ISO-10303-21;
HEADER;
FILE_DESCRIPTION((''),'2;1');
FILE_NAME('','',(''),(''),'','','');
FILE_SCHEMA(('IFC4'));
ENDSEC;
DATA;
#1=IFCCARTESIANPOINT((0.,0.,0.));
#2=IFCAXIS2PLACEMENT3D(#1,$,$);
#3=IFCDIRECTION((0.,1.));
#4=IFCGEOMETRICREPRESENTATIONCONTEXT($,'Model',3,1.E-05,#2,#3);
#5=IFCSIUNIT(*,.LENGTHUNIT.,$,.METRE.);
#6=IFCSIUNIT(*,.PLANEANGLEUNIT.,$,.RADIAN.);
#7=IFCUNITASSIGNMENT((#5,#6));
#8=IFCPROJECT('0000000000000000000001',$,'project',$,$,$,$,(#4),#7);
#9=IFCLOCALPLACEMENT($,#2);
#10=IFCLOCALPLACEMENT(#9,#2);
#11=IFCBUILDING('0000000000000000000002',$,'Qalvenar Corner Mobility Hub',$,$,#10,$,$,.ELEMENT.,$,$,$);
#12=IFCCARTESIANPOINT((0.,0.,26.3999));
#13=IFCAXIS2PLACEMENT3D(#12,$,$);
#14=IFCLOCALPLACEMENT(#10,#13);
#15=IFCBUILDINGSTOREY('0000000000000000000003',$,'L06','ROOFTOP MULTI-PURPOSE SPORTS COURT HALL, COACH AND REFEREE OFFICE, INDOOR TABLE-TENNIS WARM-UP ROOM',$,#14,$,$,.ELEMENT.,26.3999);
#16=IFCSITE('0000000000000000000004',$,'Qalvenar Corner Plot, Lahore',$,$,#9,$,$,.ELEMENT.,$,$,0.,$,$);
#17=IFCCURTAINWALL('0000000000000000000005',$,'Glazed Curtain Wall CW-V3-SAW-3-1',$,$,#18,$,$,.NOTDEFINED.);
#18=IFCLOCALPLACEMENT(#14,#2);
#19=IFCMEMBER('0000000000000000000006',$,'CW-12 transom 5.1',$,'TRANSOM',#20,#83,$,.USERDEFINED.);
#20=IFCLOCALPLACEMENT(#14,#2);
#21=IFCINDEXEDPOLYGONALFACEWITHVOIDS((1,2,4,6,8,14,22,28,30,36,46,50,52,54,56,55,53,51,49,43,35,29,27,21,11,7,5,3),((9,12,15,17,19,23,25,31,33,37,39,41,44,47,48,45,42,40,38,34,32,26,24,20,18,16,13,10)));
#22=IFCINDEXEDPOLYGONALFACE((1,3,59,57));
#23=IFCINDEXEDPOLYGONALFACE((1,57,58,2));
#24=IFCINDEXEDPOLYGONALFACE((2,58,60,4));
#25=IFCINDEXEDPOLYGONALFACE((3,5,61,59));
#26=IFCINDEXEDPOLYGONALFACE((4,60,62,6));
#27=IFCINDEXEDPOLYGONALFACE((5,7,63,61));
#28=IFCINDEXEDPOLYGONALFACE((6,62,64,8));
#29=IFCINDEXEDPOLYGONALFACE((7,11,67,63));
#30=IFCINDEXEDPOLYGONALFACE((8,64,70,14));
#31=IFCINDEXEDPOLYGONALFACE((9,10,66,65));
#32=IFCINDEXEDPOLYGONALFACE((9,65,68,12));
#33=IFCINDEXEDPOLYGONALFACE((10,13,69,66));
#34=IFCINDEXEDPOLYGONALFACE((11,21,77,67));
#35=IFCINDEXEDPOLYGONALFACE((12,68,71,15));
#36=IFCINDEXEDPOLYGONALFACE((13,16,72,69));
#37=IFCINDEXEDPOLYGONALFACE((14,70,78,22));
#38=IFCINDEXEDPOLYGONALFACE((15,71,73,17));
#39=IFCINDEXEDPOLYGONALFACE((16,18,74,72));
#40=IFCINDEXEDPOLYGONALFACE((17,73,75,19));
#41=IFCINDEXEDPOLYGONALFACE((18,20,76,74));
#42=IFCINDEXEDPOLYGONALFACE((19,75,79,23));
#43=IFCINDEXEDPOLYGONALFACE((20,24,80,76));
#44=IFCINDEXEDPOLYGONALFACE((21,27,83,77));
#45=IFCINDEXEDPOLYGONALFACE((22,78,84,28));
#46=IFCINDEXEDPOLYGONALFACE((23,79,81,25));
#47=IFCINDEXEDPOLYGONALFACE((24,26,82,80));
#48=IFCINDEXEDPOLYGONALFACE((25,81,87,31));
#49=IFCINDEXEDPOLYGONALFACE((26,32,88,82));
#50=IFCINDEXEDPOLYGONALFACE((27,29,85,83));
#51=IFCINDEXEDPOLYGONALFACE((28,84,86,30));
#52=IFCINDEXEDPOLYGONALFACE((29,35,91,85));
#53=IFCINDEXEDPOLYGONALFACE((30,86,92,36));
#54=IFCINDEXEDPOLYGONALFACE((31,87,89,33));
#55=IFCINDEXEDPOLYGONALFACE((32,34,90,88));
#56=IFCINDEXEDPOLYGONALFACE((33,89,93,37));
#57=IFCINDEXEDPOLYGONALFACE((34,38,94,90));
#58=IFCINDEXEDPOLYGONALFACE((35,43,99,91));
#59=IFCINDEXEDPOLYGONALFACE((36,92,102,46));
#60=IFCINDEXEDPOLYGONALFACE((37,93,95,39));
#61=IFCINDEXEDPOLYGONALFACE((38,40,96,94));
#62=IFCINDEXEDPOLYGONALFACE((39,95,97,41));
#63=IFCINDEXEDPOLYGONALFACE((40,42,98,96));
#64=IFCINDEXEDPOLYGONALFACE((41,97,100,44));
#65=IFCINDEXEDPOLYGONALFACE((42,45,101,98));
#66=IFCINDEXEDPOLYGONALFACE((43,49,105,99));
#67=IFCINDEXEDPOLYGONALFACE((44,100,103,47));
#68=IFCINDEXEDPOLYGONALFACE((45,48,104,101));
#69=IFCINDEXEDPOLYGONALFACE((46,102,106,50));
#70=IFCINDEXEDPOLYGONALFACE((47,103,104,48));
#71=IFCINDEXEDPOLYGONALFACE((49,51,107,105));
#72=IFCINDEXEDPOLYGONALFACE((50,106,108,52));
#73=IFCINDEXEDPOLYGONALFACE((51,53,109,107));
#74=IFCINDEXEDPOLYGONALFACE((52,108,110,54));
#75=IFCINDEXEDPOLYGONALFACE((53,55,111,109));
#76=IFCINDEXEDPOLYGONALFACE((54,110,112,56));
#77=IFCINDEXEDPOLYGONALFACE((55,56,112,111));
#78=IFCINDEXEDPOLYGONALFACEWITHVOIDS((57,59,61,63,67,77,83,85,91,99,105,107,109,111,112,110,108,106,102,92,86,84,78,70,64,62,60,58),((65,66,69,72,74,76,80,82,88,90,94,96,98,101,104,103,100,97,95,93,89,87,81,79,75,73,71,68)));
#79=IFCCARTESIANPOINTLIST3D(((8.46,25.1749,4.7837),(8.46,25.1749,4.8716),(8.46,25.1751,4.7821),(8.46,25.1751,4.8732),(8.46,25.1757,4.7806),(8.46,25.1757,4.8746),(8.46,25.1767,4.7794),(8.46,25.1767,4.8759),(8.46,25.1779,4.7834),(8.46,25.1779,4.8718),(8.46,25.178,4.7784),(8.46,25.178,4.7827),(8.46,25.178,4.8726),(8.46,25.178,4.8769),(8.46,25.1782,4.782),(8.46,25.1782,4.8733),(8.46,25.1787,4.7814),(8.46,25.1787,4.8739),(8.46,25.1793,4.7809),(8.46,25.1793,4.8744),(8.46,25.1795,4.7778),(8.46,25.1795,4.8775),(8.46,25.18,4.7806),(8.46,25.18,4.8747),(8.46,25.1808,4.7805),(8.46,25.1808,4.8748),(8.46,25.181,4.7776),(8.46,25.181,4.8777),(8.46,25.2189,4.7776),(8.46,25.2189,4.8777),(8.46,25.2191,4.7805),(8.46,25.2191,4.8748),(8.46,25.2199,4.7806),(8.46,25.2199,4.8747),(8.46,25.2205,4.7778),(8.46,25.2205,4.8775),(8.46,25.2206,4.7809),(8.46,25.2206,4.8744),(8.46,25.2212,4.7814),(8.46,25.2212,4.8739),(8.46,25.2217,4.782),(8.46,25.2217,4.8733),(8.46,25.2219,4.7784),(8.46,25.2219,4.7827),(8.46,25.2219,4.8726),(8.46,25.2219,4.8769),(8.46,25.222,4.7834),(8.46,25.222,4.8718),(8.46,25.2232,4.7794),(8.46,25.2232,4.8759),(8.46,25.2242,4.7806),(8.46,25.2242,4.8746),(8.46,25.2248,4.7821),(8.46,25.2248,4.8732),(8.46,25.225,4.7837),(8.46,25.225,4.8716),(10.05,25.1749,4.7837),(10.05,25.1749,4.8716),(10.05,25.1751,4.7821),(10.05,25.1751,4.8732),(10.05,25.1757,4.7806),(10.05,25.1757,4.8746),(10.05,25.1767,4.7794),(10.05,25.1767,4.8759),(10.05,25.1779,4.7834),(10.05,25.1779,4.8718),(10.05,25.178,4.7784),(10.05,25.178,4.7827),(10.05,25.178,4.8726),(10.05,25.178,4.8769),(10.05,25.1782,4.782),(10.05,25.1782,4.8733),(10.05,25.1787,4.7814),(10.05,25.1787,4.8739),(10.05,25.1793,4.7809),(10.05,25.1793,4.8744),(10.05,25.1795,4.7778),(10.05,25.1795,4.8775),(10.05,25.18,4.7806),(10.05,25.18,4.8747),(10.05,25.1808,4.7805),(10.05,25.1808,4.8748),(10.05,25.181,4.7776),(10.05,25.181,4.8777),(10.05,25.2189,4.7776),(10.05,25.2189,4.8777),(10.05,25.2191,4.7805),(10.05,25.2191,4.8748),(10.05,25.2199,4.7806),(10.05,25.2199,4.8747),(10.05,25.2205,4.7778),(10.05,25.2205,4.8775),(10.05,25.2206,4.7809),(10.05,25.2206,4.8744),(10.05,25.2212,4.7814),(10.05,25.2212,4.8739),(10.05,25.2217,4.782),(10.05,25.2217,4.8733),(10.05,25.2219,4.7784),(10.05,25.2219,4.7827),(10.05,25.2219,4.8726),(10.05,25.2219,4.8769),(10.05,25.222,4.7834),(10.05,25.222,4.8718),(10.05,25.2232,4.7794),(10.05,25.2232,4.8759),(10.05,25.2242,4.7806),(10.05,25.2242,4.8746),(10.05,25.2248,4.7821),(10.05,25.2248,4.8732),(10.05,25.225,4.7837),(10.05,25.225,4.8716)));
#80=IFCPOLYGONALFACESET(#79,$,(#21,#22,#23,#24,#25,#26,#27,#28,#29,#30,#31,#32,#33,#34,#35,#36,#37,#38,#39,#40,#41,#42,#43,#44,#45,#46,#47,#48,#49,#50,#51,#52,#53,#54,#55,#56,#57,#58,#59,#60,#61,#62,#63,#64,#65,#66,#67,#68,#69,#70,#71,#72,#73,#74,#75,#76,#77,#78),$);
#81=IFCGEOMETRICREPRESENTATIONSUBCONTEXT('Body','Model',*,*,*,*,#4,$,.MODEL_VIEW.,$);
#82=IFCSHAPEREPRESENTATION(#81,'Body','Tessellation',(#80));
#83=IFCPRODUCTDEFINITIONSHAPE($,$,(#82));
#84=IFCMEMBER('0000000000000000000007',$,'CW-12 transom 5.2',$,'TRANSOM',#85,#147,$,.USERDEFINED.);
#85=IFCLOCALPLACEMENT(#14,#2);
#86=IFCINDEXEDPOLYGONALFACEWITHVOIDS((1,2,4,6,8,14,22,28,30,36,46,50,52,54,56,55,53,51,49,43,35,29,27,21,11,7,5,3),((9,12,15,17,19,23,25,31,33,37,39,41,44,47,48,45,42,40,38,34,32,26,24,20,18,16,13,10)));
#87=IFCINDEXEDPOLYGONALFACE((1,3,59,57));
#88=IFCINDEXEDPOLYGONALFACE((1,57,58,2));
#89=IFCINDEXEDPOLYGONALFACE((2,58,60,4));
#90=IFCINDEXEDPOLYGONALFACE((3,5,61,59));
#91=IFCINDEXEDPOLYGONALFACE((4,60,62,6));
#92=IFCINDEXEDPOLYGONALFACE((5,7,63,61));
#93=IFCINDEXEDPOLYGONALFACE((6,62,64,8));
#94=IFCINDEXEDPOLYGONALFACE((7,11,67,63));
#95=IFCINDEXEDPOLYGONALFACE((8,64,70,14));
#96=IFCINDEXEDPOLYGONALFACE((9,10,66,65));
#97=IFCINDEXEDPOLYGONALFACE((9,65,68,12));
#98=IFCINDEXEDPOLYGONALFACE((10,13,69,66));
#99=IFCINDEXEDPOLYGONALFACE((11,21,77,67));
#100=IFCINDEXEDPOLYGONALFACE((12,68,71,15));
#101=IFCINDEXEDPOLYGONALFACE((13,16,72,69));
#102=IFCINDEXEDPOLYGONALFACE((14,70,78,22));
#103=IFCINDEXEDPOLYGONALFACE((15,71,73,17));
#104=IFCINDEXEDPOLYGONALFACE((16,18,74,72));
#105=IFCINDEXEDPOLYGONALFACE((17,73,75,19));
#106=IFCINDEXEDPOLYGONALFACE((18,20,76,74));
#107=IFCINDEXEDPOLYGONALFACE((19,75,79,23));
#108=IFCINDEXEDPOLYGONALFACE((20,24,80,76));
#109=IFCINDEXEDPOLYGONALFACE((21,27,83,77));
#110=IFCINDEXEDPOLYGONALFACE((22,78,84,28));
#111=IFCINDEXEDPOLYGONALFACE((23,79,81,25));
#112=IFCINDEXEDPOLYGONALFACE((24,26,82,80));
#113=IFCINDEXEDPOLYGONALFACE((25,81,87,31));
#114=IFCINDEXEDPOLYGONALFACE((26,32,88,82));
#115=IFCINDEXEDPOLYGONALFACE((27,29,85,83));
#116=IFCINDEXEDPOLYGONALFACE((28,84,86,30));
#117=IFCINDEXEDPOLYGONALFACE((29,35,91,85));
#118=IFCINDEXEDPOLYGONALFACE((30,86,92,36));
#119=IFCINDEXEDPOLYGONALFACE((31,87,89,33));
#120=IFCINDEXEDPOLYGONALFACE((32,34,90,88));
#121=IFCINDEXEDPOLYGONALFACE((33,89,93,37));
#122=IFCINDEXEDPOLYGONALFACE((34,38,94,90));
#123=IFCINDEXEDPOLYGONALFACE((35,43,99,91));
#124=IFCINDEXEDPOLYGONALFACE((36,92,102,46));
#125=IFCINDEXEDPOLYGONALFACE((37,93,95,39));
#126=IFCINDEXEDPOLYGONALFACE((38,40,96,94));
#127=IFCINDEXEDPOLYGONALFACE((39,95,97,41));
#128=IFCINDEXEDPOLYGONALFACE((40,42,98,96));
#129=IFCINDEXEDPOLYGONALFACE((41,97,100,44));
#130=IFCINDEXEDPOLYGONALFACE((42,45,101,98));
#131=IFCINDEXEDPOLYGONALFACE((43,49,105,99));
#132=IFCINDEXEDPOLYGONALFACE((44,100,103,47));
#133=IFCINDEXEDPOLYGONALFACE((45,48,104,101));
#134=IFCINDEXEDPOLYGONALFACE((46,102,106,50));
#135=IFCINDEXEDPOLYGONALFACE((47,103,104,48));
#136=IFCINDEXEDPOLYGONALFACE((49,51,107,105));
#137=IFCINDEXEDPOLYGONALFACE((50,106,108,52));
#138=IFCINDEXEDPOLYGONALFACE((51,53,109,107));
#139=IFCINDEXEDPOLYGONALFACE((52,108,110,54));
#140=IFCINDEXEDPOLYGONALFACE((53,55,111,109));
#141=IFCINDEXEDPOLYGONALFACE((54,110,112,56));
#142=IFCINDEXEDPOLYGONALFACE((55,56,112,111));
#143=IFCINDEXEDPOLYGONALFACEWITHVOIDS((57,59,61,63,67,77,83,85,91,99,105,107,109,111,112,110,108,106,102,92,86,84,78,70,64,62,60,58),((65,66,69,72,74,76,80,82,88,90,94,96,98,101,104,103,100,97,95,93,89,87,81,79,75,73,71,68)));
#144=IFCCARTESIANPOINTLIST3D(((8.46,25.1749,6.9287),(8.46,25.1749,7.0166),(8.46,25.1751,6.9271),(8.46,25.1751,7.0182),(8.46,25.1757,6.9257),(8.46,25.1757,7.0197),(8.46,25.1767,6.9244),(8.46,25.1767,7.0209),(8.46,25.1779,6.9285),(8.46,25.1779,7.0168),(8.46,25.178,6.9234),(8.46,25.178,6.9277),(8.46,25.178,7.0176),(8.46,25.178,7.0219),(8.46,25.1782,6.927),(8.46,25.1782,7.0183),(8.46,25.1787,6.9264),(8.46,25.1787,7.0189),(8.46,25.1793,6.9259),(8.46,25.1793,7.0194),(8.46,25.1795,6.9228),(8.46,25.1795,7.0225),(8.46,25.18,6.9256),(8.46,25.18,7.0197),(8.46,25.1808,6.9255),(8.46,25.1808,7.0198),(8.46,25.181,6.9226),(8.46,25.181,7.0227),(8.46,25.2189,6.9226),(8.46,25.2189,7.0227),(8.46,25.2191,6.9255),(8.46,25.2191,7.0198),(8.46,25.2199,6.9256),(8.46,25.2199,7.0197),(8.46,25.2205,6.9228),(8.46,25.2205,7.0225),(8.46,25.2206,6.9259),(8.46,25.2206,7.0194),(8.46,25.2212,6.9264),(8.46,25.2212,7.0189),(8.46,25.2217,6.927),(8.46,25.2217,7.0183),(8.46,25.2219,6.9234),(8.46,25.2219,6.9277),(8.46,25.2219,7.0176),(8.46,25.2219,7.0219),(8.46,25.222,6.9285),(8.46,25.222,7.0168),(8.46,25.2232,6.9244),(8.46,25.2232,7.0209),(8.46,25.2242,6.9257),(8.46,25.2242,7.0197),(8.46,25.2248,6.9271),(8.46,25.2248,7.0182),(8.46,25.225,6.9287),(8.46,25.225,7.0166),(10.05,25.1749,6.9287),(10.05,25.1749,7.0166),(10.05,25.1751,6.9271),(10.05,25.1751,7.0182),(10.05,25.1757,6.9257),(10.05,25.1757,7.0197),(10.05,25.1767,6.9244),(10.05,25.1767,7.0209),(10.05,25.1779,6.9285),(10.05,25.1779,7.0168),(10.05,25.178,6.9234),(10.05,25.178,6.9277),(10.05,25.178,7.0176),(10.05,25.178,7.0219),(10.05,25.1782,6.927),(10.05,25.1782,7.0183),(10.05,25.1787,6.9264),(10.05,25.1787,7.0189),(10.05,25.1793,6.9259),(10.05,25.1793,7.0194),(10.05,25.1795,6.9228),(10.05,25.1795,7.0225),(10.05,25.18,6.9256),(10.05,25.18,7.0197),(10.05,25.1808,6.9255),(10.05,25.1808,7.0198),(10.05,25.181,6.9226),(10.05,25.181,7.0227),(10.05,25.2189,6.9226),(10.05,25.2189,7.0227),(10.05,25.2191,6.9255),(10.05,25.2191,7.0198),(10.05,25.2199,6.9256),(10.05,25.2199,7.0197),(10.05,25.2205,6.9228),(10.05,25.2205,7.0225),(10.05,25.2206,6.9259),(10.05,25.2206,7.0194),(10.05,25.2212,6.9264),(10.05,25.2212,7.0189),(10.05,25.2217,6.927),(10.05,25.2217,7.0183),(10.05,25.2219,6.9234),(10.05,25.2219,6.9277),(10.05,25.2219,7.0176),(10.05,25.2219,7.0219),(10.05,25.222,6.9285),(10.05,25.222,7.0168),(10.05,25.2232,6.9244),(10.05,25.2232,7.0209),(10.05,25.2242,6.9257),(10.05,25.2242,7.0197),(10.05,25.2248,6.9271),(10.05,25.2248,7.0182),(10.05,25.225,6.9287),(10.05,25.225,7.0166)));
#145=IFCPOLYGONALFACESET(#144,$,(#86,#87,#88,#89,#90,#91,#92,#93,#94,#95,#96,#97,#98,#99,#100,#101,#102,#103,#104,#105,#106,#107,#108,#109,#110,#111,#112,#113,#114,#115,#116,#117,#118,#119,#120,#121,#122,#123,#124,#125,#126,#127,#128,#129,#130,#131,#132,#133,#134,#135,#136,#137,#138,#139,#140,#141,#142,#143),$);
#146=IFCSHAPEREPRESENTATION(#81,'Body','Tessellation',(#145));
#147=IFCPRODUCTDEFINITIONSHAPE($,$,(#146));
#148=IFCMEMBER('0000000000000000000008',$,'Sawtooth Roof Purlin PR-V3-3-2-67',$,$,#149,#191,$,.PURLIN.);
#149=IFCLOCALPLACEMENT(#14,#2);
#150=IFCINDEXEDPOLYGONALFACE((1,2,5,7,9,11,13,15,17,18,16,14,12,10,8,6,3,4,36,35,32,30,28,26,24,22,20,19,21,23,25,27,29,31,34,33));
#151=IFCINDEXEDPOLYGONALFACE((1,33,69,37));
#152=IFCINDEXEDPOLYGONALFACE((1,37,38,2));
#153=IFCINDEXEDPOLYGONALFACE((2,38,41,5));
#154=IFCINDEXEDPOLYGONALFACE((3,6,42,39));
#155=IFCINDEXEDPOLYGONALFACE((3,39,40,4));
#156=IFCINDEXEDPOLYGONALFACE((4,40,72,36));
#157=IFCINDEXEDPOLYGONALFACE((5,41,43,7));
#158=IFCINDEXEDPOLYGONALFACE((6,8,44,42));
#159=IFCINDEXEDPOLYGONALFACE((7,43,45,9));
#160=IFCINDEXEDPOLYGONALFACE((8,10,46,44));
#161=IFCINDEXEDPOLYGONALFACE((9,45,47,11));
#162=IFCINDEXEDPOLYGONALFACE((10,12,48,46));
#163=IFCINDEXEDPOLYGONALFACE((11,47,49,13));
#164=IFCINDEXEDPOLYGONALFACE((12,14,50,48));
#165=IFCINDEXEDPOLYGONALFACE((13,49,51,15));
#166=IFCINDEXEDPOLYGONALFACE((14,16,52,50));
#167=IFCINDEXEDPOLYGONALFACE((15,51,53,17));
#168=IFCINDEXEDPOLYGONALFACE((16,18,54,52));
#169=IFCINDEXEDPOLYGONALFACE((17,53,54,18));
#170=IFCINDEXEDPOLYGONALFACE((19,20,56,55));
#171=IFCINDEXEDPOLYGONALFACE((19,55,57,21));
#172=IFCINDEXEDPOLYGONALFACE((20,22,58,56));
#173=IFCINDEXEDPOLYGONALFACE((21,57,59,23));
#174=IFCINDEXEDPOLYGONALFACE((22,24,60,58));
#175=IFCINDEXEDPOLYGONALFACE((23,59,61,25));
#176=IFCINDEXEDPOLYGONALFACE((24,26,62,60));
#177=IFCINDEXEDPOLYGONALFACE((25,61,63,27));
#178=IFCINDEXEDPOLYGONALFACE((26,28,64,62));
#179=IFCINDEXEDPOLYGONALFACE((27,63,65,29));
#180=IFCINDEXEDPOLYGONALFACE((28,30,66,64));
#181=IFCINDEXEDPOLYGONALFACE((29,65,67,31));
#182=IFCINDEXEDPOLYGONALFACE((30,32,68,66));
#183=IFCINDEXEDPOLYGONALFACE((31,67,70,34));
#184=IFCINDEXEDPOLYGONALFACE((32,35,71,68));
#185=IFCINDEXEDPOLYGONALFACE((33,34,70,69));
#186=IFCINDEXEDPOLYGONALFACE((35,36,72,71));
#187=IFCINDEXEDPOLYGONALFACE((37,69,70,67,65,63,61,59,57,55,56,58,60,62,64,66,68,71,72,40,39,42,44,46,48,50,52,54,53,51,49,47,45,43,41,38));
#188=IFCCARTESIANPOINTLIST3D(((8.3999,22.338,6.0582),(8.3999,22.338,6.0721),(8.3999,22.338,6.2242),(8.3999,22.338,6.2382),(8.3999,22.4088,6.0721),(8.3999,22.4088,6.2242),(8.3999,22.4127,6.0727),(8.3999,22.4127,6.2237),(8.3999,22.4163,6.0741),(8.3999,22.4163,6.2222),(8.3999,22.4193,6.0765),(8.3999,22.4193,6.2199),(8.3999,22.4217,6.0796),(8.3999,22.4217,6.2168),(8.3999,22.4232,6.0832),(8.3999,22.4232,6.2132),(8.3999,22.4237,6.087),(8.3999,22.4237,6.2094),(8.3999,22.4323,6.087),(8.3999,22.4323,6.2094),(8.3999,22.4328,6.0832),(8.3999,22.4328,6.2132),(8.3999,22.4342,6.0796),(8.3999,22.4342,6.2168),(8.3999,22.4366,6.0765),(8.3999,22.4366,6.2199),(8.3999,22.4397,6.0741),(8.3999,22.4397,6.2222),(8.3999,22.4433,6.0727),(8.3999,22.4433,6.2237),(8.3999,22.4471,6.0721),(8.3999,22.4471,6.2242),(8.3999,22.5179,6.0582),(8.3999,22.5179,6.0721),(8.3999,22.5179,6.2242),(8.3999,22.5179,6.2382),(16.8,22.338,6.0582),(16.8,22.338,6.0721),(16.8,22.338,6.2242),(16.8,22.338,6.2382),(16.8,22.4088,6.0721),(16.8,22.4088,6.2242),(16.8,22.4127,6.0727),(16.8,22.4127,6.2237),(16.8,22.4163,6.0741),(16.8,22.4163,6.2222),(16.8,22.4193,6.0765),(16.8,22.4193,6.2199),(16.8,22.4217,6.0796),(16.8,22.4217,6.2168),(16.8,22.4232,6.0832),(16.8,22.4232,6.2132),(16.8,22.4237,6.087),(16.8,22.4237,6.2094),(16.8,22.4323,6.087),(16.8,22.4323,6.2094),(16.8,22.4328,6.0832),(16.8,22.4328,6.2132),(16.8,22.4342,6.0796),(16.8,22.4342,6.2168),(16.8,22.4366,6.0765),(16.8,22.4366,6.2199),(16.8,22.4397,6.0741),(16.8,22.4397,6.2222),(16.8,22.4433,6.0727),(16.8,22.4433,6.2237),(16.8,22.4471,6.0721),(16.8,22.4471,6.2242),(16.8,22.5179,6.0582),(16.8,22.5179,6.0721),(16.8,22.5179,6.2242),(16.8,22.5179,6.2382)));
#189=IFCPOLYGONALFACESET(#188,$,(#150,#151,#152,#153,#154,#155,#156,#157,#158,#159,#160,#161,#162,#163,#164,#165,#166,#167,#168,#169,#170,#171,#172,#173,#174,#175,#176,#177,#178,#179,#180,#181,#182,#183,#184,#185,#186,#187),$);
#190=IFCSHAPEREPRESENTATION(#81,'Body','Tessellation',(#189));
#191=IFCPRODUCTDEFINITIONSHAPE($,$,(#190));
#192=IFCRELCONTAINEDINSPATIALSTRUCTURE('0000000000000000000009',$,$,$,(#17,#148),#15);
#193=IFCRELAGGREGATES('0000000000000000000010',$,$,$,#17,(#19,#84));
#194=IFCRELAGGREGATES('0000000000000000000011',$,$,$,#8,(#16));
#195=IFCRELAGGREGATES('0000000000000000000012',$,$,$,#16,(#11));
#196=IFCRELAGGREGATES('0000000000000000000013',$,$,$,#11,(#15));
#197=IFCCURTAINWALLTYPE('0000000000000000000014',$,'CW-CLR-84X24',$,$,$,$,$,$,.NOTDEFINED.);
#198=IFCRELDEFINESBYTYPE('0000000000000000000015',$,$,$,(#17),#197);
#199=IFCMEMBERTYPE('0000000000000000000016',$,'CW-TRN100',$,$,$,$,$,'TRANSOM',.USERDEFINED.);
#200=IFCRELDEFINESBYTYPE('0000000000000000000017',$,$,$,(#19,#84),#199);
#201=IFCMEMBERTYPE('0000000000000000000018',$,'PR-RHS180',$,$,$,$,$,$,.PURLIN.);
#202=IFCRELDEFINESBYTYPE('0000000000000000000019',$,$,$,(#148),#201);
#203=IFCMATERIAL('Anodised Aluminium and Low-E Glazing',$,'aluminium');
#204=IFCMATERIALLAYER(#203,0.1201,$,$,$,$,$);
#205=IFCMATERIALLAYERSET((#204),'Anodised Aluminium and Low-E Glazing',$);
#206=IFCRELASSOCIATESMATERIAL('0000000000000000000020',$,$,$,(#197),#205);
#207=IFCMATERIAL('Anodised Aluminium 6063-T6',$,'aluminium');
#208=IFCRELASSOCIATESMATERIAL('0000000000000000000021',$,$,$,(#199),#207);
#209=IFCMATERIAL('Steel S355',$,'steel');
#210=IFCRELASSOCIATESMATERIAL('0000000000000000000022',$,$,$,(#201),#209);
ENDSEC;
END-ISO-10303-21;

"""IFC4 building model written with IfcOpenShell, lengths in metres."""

from ifc_helpers import new_model, si_unit, direction, frame, origin, origin_2d, place, context, subcontext, project, spatial, hollow_rectangle, i_section, extrude, material, layer, layer_set, material_profile, profile_set, type_object, element, aggregate, save


model = new_model("IFC4")

# Units and contexts
model_context = context("Model", 3, precision=1e-05, world=origin(), true_north=direction((0.0, 1.0)))
body_context = subcontext(model_context, "Body", "Model", "MODEL_VIEW")
ifc_project = project(units=[si_unit("LENGTHUNIT", "METRE"), si_unit("PLANEANGLEUNIT", "RADIAN")], contexts=[model_context])

# Site, building, storey
site_placement = place(None, origin())
site = spatial("IfcSite", under=ifc_project, at=site_placement, Name="Qalvenar Corner Plot, Lahore", CompositionType="ELEMENT", RefElevation=0.0)
building_placement = place(site_placement, origin())
building = spatial("IfcBuilding", under=site, at=building_placement, Name="Qalvenar Corner Mobility Hub", CompositionType="ELEMENT")
storey_placement = place(building_placement, frame((0.0, 0.0, 26.3999)))
storey = spatial("IfcBuildingStorey", under=building, at=storey_placement, Name="L06", Description="ROOFTOP MULTI-PURPOSE SPORTS COURT HALL, COACH AND REFEREE OFFICE, INDOOR TABLE-TENNIS WARM-UP ROOM", CompositionType="ELEMENT", Elevation=26.3999)

# Shared definitions
ifc_material_1 = material(Name="Steel S355", Category="steel")

# Curtain wall
ifc_material_2 = material(Name="Anodised Aluminium and Low-E Glazing", Category="aluminium")
ifc_layer_1 = layer(ifc_material_2, 0.1201)
ifc_layer_set_1 = layer_set([ifc_layer_1], Name="Anodised Aluminium and Low-E Glazing")
curtain_wall_type = type_object("IfcCurtainWallType", Name="CW-CLR-84X24", PredefinedType="NOTDEFINED", material=ifc_layer_set_1)
ifc_material_3 = material(Name="Anodised Aluminium 6063-T6", Category="aluminium")
curtain_wall_1_placement = place(storey_placement, origin())
curtain_wall_1 = element("IfcCurtainWall", 1, at=curtain_wall_1_placement, inside=storey, type_object=curtain_wall_type, Name="Glazed Curtain Wall CW-V3-SAW-3-1", PredefinedType="NOTDEFINED")

# Members
ifc_material_profile_1 = material_profile(ifc_material_3, hollow_rectangle(XDim=0.05, YDim=0.1001, WallThickness=0.0029, InnerFilletRadius=0.0029, OuterFilletRadius=0.0061, at=origin_2d()), Name="RHS100x50x3")
ifc_profile_set_1 = profile_set([ifc_material_profile_1], Name="Anodised Aluminium 6063-T6")
member_type_1 = type_object("IfcMemberType", Name="CW-TRN100", ElementType="TRANSOM", PredefinedType="USERDEFINED", material=ifc_profile_set_1)
member_1_placement = place(storey_placement, frame((10.05, 25.2, 4.8276), z_axis=(-1.0, 0.0, 0.0), x_axis=(0.0, -1.0, 0.0)))
member_1 = element("IfcMember", 2, at=member_1_placement, type_object=member_type_1, Name="CW-12 transom 5.1", ObjectType="TRANSOM", PredefinedType="USERDEFINED", context=body_context, shape_type="SweptSolid", body=[
    extrude(hollow_rectangle(XDim=0.05, YDim=0.1001, WallThickness=0.0029, InnerFilletRadius=0.0029, OuterFilletRadius=0.0061, at=origin_2d()), origin(), (0.0, 0.0, 1.0), 1.5901),
])
member_2_placement = place(storey_placement, frame((10.05, 25.2, 6.9727), z_axis=(-1.0, 0.0, 0.0), x_axis=(0.0, -1.0, 0.0)))
member_2 = element("IfcMember", 3, at=member_2_placement, type_object=member_type_1, Name="CW-12 transom 5.2", ObjectType="TRANSOM", PredefinedType="USERDEFINED", context=body_context, shape_type="SweptSolid", body=[
    extrude(hollow_rectangle(XDim=0.05, YDim=0.1001, WallThickness=0.0029, InnerFilletRadius=0.0029, OuterFilletRadius=0.0061, at=origin_2d()), origin(), (0.0, 0.0, 1.0), 1.5901),
])

# Member
ifc_material_profile_2 = material_profile(ifc_material_1, i_section(OverallWidth=0.1799, OverallDepth=0.1799, WebThickness=0.0085, FlangeThickness=0.0139, FilletRadius=0.0149, at=origin_2d()), Name="HEB180")
ifc_profile_set_2 = profile_set([ifc_material_profile_2], Name="Steel S355")
member_type_2 = type_object("IfcMemberType", Name="PR-RHS180", PredefinedType="PURLIN", material=ifc_profile_set_2)
member_3_placement = place(storey_placement, frame((8.3999, 22.428, 6.1482), z_axis=(1.0, 0.0, 0.0), x_axis=(0.0, 1.0, 0.0)))
element("IfcMember", 4, at=member_3_placement, inside=storey, type_object=member_type_2, Name="Sawtooth Roof Purlin PR-V3-3-2-67", PredefinedType="PURLIN", context=body_context, shape_type="SweptSolid", body=[
    extrude(i_section(OverallWidth=0.1799, OverallDepth=0.1799, WebThickness=0.0085, FlangeThickness=0.0139, FilletRadius=0.0149, at=origin_2d()), origin(), (0.0, 0.0, 1.0), 8.4001),
])

aggregate(curtain_wall_1, [member_1, member_2])

save(model, "model.ifc")
